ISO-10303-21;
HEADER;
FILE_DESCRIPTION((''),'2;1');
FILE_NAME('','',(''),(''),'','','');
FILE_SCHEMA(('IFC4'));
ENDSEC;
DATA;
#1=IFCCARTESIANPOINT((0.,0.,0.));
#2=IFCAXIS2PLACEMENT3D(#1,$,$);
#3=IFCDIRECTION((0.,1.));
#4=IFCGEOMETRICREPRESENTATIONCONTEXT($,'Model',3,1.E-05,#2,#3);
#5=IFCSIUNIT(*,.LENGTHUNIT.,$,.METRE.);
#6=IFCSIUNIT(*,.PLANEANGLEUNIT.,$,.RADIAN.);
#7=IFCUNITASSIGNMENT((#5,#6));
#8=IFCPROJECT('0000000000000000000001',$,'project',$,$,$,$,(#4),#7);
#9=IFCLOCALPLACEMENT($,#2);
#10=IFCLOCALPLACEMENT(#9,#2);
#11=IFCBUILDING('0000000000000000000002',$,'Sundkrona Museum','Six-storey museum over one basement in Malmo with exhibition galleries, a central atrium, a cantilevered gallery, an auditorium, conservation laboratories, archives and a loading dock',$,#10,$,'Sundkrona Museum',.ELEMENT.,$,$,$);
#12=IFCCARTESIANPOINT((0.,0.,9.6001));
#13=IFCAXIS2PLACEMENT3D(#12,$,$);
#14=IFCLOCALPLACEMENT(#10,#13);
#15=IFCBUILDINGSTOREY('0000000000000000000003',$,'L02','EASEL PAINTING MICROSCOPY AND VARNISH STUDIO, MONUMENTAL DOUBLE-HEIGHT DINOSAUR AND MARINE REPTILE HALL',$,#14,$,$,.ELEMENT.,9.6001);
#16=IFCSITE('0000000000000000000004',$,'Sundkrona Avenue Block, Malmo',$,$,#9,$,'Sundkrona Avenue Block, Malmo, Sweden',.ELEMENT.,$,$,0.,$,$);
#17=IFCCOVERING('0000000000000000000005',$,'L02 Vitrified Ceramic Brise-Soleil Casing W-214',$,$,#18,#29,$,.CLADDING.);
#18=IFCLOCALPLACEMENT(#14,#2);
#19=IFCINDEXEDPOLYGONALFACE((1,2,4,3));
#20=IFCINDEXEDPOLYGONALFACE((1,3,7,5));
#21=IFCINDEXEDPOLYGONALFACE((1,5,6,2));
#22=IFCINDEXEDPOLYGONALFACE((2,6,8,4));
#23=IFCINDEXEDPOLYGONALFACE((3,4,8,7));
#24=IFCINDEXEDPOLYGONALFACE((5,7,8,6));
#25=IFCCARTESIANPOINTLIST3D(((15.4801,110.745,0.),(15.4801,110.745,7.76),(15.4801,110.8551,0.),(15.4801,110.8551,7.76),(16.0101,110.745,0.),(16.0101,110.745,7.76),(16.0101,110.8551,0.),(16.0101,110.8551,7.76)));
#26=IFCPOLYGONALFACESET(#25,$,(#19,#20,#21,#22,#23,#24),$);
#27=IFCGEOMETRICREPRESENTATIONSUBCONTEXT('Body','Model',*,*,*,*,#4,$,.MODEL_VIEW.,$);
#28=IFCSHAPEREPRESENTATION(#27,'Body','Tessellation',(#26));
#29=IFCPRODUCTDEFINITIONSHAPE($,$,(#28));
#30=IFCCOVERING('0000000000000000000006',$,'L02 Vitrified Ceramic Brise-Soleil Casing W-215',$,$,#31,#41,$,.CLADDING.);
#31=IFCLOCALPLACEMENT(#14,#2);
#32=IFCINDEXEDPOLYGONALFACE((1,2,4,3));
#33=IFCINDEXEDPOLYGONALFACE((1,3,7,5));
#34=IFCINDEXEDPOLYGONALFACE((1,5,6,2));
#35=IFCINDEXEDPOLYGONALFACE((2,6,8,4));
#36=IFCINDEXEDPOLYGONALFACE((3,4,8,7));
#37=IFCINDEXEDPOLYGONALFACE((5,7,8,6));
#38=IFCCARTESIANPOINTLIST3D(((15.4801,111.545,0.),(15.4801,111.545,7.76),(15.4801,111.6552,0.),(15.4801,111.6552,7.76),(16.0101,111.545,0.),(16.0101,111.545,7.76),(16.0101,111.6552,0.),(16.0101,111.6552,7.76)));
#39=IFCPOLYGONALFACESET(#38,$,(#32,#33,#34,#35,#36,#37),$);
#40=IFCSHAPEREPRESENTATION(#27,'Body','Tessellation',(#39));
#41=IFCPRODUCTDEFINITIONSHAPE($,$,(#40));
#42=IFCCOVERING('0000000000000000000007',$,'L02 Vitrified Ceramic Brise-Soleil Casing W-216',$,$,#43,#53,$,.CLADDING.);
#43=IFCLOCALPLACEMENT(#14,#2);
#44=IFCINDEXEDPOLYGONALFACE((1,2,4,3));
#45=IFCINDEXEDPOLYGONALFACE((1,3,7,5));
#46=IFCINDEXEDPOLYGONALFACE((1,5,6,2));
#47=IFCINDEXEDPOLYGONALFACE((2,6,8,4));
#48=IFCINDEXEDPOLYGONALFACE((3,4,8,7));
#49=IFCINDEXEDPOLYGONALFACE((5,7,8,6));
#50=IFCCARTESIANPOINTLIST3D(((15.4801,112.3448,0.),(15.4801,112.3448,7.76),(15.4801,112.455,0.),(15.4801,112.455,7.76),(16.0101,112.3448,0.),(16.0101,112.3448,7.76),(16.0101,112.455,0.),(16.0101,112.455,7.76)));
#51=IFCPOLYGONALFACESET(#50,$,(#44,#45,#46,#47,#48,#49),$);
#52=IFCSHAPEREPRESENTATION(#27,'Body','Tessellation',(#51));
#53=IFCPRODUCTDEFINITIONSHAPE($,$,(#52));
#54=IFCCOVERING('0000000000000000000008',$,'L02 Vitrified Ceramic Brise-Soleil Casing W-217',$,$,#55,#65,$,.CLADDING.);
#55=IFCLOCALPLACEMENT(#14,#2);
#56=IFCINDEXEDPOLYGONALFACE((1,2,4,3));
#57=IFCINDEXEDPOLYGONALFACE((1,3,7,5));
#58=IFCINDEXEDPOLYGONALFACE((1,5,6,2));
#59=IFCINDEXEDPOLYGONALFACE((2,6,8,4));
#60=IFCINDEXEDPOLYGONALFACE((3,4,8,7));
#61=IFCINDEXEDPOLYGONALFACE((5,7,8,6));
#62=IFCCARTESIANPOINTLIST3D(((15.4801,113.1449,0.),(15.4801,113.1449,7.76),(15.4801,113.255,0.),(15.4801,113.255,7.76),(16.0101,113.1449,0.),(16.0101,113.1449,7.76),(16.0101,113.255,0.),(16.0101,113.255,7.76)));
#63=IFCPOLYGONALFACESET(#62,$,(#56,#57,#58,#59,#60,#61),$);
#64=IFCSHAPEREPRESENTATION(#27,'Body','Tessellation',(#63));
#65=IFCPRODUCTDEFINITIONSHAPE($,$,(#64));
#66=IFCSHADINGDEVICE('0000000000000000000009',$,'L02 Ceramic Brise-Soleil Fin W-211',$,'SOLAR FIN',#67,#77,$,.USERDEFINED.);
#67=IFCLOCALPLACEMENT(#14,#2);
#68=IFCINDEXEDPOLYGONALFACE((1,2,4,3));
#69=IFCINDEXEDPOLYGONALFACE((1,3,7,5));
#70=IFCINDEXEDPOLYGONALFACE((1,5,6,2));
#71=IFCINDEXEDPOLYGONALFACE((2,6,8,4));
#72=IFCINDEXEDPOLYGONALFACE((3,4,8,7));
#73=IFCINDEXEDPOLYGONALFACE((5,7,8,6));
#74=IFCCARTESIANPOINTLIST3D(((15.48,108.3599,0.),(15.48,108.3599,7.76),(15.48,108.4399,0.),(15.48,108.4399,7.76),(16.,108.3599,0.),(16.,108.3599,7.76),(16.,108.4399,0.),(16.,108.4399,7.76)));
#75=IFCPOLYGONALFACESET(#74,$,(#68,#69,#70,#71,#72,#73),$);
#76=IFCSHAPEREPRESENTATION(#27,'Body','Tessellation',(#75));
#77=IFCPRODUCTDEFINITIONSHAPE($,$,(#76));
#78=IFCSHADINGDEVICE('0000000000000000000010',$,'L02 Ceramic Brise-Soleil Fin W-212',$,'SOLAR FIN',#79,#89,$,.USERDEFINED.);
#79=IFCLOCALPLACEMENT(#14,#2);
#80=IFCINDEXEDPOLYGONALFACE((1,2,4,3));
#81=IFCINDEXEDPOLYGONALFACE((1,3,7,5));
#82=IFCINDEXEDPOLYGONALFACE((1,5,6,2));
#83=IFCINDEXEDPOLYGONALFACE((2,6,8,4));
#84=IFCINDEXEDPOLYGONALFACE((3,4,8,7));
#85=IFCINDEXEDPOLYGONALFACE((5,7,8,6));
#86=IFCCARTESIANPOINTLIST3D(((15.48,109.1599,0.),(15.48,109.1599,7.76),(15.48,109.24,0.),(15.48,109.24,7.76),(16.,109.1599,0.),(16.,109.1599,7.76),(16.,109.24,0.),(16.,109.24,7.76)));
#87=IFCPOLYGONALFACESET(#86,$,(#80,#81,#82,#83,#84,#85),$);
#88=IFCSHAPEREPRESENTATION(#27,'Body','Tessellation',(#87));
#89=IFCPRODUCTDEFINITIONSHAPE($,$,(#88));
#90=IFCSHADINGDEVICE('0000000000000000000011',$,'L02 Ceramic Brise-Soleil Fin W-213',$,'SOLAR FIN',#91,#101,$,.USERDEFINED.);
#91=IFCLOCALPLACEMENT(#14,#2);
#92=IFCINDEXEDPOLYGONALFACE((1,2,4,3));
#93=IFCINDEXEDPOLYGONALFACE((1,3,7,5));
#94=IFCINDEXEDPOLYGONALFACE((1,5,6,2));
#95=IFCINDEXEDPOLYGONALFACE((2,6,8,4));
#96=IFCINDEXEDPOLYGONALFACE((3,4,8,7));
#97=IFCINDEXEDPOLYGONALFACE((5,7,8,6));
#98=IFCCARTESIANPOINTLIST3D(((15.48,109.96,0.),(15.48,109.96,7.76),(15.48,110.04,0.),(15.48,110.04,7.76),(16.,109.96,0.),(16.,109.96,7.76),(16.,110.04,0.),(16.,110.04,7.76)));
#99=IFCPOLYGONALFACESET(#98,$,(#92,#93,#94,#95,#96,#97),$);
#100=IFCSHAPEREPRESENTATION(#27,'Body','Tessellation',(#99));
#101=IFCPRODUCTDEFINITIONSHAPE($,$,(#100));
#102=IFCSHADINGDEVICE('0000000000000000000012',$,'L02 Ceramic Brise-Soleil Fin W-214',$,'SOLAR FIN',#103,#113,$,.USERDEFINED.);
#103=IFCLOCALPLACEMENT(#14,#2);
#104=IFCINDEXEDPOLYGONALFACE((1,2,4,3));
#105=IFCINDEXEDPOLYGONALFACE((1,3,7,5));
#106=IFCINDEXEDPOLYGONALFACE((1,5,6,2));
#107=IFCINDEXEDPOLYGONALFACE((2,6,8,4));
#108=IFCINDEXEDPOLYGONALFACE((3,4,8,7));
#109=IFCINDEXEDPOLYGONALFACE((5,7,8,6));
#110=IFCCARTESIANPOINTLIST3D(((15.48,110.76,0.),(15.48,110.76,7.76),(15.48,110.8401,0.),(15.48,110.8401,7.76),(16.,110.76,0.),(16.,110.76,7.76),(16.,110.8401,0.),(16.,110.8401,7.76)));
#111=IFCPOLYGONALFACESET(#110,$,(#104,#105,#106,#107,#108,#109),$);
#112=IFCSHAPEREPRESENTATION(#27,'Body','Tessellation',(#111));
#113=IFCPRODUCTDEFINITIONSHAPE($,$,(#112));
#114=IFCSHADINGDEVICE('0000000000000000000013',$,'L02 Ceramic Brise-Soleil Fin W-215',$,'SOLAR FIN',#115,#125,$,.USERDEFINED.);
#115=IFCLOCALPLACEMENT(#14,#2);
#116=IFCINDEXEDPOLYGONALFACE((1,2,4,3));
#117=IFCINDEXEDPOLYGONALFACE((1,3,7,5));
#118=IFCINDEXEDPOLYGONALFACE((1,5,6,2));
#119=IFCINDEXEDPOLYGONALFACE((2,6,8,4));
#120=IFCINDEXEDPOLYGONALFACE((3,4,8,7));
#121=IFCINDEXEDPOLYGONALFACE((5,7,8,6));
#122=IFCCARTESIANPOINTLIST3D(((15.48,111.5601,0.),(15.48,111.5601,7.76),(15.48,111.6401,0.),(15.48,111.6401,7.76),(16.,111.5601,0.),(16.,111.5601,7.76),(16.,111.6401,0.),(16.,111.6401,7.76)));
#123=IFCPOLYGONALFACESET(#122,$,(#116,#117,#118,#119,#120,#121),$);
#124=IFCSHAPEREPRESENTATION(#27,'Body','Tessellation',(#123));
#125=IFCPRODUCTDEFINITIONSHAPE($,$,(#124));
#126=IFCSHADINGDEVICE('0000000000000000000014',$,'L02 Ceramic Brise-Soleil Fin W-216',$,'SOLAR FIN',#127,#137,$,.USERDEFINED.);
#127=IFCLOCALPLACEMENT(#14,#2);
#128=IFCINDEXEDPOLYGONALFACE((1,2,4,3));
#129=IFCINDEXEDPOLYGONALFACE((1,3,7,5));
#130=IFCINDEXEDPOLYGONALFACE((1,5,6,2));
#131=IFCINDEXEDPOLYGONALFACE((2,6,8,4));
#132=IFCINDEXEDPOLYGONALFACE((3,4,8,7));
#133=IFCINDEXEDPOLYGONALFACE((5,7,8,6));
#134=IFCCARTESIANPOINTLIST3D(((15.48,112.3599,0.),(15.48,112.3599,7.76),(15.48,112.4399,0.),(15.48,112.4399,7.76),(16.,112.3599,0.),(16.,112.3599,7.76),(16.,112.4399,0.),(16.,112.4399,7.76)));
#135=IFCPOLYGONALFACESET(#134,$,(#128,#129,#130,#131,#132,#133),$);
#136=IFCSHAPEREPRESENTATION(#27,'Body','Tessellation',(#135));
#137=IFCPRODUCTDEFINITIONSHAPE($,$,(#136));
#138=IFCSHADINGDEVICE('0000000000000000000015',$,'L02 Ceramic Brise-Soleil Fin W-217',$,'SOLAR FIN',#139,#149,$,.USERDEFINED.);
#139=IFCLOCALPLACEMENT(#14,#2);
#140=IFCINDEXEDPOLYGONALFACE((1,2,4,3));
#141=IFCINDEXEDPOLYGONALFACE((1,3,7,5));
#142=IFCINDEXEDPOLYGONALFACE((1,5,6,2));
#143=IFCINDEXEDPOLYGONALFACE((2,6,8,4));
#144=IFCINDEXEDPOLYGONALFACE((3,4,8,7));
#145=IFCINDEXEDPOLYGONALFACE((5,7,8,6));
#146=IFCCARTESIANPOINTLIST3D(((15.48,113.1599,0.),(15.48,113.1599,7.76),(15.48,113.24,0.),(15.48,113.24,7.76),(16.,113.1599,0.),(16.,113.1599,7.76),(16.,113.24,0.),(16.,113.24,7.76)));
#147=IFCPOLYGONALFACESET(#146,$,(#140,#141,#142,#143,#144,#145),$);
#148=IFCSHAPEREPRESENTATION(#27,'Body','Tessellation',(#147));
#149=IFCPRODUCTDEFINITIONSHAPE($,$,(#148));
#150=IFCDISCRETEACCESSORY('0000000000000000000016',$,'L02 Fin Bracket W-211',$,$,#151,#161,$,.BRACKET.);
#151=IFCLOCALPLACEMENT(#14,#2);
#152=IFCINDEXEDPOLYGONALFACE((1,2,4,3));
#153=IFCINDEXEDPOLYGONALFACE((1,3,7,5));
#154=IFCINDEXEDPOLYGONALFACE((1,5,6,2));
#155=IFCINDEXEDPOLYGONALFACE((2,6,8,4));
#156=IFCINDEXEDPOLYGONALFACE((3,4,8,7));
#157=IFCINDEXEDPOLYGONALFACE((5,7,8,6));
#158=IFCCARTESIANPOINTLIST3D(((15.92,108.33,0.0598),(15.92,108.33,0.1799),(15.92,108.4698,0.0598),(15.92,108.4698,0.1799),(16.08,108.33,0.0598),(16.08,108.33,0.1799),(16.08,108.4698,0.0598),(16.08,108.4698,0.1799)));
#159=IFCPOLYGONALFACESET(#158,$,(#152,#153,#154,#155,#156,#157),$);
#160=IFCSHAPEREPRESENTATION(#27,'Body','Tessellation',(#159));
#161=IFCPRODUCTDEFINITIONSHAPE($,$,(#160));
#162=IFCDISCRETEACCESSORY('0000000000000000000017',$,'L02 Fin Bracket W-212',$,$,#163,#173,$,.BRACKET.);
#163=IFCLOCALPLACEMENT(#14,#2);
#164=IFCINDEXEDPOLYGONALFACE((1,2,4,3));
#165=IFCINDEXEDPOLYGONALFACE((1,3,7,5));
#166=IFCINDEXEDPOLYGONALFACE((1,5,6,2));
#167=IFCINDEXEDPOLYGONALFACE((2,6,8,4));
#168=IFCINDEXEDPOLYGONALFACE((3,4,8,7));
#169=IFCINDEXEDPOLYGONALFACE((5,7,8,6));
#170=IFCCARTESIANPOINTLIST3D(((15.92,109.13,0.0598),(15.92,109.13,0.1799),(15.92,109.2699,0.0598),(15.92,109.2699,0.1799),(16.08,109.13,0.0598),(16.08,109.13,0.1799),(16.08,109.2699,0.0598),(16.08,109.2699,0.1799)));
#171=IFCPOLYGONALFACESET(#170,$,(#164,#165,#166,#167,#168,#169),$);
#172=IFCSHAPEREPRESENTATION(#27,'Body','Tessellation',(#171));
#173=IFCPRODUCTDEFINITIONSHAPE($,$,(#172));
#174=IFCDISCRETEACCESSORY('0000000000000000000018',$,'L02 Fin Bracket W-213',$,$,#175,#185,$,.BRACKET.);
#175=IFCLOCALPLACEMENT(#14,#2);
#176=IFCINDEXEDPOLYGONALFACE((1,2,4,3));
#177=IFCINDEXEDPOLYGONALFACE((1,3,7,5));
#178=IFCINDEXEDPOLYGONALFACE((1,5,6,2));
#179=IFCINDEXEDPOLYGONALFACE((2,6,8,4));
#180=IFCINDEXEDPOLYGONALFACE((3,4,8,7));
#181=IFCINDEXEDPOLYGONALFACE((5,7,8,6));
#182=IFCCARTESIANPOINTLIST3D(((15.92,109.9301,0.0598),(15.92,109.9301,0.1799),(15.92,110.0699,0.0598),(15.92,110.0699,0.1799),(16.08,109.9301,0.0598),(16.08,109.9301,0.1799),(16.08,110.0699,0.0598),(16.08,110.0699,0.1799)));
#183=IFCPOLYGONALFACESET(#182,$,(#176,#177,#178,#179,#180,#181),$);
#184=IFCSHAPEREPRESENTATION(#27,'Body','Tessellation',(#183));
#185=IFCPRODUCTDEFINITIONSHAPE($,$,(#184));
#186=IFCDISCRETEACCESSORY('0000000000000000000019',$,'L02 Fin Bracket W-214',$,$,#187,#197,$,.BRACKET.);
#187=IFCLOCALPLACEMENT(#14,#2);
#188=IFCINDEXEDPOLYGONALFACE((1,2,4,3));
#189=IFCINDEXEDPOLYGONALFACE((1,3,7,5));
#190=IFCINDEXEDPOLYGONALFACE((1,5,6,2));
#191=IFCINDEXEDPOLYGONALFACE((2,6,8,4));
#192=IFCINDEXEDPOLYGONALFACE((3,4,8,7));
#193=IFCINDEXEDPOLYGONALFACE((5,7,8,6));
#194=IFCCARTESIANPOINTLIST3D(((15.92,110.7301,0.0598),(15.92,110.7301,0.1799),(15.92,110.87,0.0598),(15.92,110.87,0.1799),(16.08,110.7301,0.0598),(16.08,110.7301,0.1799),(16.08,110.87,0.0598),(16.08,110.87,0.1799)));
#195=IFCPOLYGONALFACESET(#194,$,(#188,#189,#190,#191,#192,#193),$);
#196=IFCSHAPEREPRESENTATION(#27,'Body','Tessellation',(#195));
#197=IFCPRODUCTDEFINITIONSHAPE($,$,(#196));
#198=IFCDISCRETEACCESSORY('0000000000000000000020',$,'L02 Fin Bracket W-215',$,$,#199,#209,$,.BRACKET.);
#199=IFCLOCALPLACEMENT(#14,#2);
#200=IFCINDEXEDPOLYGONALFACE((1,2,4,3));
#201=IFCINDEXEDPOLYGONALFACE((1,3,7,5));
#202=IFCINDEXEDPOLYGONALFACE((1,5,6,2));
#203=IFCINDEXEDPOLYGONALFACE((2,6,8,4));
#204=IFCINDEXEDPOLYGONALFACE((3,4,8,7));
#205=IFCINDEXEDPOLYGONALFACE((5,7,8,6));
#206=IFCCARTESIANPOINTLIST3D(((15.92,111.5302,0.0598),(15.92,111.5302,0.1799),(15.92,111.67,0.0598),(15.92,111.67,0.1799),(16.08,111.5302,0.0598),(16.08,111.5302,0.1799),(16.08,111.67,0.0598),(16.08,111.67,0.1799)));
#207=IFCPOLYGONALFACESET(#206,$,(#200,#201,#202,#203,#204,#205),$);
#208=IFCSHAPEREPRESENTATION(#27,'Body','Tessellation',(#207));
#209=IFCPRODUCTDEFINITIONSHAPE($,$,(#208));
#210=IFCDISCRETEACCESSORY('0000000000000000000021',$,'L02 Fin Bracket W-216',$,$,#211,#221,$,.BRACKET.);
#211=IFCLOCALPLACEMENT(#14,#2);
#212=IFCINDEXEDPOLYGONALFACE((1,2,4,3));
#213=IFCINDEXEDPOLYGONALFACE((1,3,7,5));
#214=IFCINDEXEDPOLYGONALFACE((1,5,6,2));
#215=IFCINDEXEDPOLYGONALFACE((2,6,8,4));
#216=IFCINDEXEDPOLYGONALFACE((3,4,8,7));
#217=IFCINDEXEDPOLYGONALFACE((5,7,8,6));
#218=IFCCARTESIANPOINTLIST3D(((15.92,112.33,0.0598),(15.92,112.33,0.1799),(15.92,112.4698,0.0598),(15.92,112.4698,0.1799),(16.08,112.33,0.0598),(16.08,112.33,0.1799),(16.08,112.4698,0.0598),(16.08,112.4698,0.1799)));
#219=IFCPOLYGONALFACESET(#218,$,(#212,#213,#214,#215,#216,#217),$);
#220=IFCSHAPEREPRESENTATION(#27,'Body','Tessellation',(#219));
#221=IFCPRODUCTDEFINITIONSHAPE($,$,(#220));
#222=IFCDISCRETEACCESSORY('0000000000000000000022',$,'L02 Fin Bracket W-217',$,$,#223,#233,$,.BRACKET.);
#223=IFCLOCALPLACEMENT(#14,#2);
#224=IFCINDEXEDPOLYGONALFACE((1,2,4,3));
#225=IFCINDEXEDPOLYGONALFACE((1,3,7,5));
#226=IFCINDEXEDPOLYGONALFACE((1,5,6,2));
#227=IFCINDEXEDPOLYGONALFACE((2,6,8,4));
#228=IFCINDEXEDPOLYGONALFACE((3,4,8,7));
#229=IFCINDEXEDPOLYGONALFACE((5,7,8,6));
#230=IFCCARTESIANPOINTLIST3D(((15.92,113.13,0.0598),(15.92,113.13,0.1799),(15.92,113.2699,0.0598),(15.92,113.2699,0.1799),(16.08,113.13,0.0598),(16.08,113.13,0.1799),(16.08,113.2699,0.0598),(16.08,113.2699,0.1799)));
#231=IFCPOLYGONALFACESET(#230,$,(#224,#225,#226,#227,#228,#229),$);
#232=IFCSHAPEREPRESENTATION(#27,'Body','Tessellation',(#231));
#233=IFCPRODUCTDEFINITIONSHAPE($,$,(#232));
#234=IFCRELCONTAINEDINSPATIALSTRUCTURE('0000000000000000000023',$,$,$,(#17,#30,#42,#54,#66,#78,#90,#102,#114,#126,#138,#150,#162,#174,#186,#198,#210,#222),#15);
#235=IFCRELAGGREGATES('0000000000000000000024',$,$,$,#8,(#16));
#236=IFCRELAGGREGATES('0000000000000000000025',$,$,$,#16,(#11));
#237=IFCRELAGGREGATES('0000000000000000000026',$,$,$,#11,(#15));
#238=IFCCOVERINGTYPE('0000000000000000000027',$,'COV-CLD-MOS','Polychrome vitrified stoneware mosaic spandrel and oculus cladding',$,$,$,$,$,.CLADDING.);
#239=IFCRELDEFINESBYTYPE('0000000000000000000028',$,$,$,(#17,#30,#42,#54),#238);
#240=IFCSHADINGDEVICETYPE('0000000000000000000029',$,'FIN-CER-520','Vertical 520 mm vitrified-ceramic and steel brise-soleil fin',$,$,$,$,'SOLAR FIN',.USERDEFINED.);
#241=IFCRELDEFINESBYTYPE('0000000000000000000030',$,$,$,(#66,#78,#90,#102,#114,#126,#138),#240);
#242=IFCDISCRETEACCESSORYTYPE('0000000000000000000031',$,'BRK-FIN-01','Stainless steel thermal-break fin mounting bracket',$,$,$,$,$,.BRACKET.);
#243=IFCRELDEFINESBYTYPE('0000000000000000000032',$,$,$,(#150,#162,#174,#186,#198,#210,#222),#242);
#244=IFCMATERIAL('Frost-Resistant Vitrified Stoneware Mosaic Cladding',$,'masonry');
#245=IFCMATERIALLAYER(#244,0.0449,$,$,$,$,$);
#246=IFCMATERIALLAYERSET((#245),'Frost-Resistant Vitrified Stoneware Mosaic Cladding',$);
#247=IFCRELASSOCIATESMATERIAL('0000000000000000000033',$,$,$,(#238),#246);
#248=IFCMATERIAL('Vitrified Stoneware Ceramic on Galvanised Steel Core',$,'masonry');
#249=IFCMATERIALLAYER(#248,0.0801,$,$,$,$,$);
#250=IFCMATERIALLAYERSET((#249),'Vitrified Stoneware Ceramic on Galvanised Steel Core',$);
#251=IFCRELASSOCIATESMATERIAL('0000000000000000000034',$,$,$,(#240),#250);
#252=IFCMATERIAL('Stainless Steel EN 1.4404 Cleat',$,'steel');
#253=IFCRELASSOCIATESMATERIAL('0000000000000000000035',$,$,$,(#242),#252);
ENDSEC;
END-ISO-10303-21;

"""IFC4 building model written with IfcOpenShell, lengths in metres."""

from ifc_helpers import new_model, si_unit, direction, frame, origin, origin_2d, place, context, subcontext, project, spatial, rectangle, extrude, material, layer, layer_set, type_object, element, save


model = new_model("IFC4")

# Units and contexts
model_context = context("Model", 3, precision=1e-05, world=origin(), true_north=direction((0.0, 1.0)))
body_context = subcontext(model_context, "Body", "Model", "MODEL_VIEW")
ifc_project = project(units=[si_unit("LENGTHUNIT", "METRE"), si_unit("PLANEANGLEUNIT", "RADIAN")], contexts=[model_context])

# Site, building, storey
site_placement = place(None, origin())
site = spatial("IfcSite", under=ifc_project, at=site_placement, Name="Sundkrona Avenue Block, Malmo", LongName="Sundkrona Avenue Block, Malmo, Sweden", CompositionType="ELEMENT", RefElevation=0.0)
building_placement = place(site_placement, origin())
building = spatial("IfcBuilding", under=site, at=building_placement, Name="Sundkrona Museum", Description="Six-storey museum over one basement in Malmo with exhibition galleries, a central atrium, a cantilevered gallery, an auditorium, conservation laboratories, archives and a loading dock", LongName="Sundkrona Museum", CompositionType="ELEMENT")
storey_placement = place(building_placement, frame((0.0, 0.0, 9.6001)))
storey = spatial("IfcBuildingStorey", under=building, at=storey_placement, Name="L02", Description="EASEL PAINTING MICROSCOPY AND VARNISH STUDIO, MONUMENTAL DOUBLE-HEIGHT DINOSAUR AND MARINE REPTILE HALL", CompositionType="ELEMENT", Elevation=9.6001)

# Coverings
ifc_material_1 = material(Name="Frost-Resistant Vitrified Stoneware Mosaic Cladding", Category="masonry")
ifc_layer_1 = layer(ifc_material_1, 0.0449)
ifc_layer_set_1 = layer_set([ifc_layer_1], Name="Frost-Resistant Vitrified Stoneware Mosaic Cladding")
covering_type = type_object("IfcCoveringType", Name="COV-CLD-MOS", Description="Polychrome vitrified stoneware mosaic spandrel and oculus cladding", PredefinedType="CLADDING", material=ifc_layer_set_1)
for number, where, z_axis, x_axis, name in (
    (1, (15.7451, 110.8, 0.0), (0.0, 0.0, 1.0), (1.0, 0.0, 0.0), "L02 Vitrified Ceramic Brise-Soleil Casing W-214"),
    (2, (15.7451, 111.6001, 0.0), (0.0, 0.0, 1.0), (1.0, 0.0, 0.0), "L02 Vitrified Ceramic Brise-Soleil Casing W-215"),
    (3, (15.7451, 112.3999, 0.0), (0.0, 0.0, 1.0), (1.0, 0.0, 0.0), "L02 Vitrified Ceramic Brise-Soleil Casing W-216"),
    (4, (15.7451, 113.2, 0.0), (0.0, 0.0, 1.0), (1.0, 0.0, 0.0), "L02 Vitrified Ceramic Brise-Soleil Casing W-217"),
):
    element("IfcCovering", number, at=place(storey_placement, frame(where, z_axis=z_axis, x_axis=x_axis)), inside=storey, type_object=covering_type, Name=name, PredefinedType="CLADDING", context=body_context, shape_type="SweptSolid", body=[
        extrude(rectangle(XDim=0.53, YDim=0.1101, at=origin_2d()), origin(), (0.0, 0.0, 1.0), 7.76),
    ])

# Shading devices
ifc_material_2 = material(Name="Vitrified Stoneware Ceramic on Galvanised Steel Core", Category="masonry")
ifc_layer_2 = layer(ifc_material_2, 0.0801)
ifc_layer_set_2 = layer_set([ifc_layer_2], Name="Vitrified Stoneware Ceramic on Galvanised Steel Core")
shading_device_type = type_object("IfcShadingDeviceType", Name="FIN-CER-520", Description="Vertical 520 mm vitrified-ceramic and steel brise-soleil fin", ElementType="SOLAR FIN", PredefinedType="USERDEFINED", material=ifc_layer_set_2)
for number, where, z_axis, x_axis, name in (
    (5, (15.74, 108.3999, 0.0), (0.0, 0.0, 1.0), (1.0, 0.0, 0.0), "L02 Ceramic Brise-Soleil Fin W-211"),
    (6, (15.74, 109.2, 0.0), (0.0, 0.0, 1.0), (1.0, 0.0, 0.0), "L02 Ceramic Brise-Soleil Fin W-212"),
    (7, (15.74, 110.0, 0.0), (0.0, 0.0, 1.0), (1.0, 0.0, 0.0), "L02 Ceramic Brise-Soleil Fin W-213"),
    (8, (15.74, 110.8, 0.0), (0.0, 0.0, 1.0), (1.0, 0.0, 0.0), "L02 Ceramic Brise-Soleil Fin W-214"),
    (9, (15.74, 111.6001, 0.0), (0.0, 0.0, 1.0), (1.0, 0.0, 0.0), "L02 Ceramic Brise-Soleil Fin W-215"),
    (10, (15.74, 112.3999, 0.0), (0.0, 0.0, 1.0), (1.0, 0.0, 0.0), "L02 Ceramic Brise-Soleil Fin W-216"),
    (11, (15.74, 113.2, 0.0), (0.0, 0.0, 1.0), (1.0, 0.0, 0.0), "L02 Ceramic Brise-Soleil Fin W-217"),
):
    element("IfcShadingDevice", number, at=place(storey_placement, frame(where, z_axis=z_axis, x_axis=x_axis)), inside=storey, type_object=shading_device_type, Name=name, ObjectType="SOLAR FIN", PredefinedType="USERDEFINED", context=body_context, shape_type="SweptSolid", body=[
        extrude(rectangle(XDim=0.52, YDim=0.0801, at=origin_2d()), origin(), (0.0, 0.0, 1.0), 7.76),
    ])

# Discrete accessories
ifc_material_3 = material(Name="Stainless Steel EN 1.4404 Cleat", Category="steel")
discrete_accessory_type = type_object("IfcDiscreteAccessoryType", Name="BRK-FIN-01", Description="Stainless steel thermal-break fin mounting bracket", PredefinedType="BRACKET", material=ifc_material_3)
for number, where, z_axis, x_axis, name in (
    (12, (16.0, 108.3999, 0.0598), (0.0, 0.0, 1.0), (1.0, 0.0, 0.0), "L02 Fin Bracket W-211"),
    (13, (16.0, 109.2, 0.0598), (0.0, 0.0, 1.0), (1.0, 0.0, 0.0), "L02 Fin Bracket W-212"),
    (14, (16.0, 110.0, 0.0598), (0.0, 0.0, 1.0), (1.0, 0.0, 0.0), "L02 Fin Bracket W-213"),
    (15, (16.0, 110.8, 0.0598), (0.0, 0.0, 1.0), (1.0, 0.0, 0.0), "L02 Fin Bracket W-214"),
    (16, (16.0, 111.6001, 0.0598), (0.0, 0.0, 1.0), (1.0, 0.0, 0.0), "L02 Fin Bracket W-215"),
    (17, (16.0, 112.3999, 0.0598), (0.0, 0.0, 1.0), (1.0, 0.0, 0.0), "L02 Fin Bracket W-216"),
    (18, (16.0, 113.2, 0.0598), (0.0, 0.0, 1.0), (1.0, 0.0, 0.0), "L02 Fin Bracket W-217"),
):
    element("IfcDiscreteAccessory", number, at=place(storey_placement, frame(where, z_axis=z_axis, x_axis=x_axis)), inside=storey, type_object=discrete_accessory_type, Name=name, PredefinedType="BRACKET", context=body_context, shape_type="SweptSolid", body=[
        extrude(rectangle(XDim=0.1599, YDim=0.1399, at=origin_2d()), origin(), (0.0, 0.0, 1.0), 0.1201),
    ])

save(model, "model.ifc")
